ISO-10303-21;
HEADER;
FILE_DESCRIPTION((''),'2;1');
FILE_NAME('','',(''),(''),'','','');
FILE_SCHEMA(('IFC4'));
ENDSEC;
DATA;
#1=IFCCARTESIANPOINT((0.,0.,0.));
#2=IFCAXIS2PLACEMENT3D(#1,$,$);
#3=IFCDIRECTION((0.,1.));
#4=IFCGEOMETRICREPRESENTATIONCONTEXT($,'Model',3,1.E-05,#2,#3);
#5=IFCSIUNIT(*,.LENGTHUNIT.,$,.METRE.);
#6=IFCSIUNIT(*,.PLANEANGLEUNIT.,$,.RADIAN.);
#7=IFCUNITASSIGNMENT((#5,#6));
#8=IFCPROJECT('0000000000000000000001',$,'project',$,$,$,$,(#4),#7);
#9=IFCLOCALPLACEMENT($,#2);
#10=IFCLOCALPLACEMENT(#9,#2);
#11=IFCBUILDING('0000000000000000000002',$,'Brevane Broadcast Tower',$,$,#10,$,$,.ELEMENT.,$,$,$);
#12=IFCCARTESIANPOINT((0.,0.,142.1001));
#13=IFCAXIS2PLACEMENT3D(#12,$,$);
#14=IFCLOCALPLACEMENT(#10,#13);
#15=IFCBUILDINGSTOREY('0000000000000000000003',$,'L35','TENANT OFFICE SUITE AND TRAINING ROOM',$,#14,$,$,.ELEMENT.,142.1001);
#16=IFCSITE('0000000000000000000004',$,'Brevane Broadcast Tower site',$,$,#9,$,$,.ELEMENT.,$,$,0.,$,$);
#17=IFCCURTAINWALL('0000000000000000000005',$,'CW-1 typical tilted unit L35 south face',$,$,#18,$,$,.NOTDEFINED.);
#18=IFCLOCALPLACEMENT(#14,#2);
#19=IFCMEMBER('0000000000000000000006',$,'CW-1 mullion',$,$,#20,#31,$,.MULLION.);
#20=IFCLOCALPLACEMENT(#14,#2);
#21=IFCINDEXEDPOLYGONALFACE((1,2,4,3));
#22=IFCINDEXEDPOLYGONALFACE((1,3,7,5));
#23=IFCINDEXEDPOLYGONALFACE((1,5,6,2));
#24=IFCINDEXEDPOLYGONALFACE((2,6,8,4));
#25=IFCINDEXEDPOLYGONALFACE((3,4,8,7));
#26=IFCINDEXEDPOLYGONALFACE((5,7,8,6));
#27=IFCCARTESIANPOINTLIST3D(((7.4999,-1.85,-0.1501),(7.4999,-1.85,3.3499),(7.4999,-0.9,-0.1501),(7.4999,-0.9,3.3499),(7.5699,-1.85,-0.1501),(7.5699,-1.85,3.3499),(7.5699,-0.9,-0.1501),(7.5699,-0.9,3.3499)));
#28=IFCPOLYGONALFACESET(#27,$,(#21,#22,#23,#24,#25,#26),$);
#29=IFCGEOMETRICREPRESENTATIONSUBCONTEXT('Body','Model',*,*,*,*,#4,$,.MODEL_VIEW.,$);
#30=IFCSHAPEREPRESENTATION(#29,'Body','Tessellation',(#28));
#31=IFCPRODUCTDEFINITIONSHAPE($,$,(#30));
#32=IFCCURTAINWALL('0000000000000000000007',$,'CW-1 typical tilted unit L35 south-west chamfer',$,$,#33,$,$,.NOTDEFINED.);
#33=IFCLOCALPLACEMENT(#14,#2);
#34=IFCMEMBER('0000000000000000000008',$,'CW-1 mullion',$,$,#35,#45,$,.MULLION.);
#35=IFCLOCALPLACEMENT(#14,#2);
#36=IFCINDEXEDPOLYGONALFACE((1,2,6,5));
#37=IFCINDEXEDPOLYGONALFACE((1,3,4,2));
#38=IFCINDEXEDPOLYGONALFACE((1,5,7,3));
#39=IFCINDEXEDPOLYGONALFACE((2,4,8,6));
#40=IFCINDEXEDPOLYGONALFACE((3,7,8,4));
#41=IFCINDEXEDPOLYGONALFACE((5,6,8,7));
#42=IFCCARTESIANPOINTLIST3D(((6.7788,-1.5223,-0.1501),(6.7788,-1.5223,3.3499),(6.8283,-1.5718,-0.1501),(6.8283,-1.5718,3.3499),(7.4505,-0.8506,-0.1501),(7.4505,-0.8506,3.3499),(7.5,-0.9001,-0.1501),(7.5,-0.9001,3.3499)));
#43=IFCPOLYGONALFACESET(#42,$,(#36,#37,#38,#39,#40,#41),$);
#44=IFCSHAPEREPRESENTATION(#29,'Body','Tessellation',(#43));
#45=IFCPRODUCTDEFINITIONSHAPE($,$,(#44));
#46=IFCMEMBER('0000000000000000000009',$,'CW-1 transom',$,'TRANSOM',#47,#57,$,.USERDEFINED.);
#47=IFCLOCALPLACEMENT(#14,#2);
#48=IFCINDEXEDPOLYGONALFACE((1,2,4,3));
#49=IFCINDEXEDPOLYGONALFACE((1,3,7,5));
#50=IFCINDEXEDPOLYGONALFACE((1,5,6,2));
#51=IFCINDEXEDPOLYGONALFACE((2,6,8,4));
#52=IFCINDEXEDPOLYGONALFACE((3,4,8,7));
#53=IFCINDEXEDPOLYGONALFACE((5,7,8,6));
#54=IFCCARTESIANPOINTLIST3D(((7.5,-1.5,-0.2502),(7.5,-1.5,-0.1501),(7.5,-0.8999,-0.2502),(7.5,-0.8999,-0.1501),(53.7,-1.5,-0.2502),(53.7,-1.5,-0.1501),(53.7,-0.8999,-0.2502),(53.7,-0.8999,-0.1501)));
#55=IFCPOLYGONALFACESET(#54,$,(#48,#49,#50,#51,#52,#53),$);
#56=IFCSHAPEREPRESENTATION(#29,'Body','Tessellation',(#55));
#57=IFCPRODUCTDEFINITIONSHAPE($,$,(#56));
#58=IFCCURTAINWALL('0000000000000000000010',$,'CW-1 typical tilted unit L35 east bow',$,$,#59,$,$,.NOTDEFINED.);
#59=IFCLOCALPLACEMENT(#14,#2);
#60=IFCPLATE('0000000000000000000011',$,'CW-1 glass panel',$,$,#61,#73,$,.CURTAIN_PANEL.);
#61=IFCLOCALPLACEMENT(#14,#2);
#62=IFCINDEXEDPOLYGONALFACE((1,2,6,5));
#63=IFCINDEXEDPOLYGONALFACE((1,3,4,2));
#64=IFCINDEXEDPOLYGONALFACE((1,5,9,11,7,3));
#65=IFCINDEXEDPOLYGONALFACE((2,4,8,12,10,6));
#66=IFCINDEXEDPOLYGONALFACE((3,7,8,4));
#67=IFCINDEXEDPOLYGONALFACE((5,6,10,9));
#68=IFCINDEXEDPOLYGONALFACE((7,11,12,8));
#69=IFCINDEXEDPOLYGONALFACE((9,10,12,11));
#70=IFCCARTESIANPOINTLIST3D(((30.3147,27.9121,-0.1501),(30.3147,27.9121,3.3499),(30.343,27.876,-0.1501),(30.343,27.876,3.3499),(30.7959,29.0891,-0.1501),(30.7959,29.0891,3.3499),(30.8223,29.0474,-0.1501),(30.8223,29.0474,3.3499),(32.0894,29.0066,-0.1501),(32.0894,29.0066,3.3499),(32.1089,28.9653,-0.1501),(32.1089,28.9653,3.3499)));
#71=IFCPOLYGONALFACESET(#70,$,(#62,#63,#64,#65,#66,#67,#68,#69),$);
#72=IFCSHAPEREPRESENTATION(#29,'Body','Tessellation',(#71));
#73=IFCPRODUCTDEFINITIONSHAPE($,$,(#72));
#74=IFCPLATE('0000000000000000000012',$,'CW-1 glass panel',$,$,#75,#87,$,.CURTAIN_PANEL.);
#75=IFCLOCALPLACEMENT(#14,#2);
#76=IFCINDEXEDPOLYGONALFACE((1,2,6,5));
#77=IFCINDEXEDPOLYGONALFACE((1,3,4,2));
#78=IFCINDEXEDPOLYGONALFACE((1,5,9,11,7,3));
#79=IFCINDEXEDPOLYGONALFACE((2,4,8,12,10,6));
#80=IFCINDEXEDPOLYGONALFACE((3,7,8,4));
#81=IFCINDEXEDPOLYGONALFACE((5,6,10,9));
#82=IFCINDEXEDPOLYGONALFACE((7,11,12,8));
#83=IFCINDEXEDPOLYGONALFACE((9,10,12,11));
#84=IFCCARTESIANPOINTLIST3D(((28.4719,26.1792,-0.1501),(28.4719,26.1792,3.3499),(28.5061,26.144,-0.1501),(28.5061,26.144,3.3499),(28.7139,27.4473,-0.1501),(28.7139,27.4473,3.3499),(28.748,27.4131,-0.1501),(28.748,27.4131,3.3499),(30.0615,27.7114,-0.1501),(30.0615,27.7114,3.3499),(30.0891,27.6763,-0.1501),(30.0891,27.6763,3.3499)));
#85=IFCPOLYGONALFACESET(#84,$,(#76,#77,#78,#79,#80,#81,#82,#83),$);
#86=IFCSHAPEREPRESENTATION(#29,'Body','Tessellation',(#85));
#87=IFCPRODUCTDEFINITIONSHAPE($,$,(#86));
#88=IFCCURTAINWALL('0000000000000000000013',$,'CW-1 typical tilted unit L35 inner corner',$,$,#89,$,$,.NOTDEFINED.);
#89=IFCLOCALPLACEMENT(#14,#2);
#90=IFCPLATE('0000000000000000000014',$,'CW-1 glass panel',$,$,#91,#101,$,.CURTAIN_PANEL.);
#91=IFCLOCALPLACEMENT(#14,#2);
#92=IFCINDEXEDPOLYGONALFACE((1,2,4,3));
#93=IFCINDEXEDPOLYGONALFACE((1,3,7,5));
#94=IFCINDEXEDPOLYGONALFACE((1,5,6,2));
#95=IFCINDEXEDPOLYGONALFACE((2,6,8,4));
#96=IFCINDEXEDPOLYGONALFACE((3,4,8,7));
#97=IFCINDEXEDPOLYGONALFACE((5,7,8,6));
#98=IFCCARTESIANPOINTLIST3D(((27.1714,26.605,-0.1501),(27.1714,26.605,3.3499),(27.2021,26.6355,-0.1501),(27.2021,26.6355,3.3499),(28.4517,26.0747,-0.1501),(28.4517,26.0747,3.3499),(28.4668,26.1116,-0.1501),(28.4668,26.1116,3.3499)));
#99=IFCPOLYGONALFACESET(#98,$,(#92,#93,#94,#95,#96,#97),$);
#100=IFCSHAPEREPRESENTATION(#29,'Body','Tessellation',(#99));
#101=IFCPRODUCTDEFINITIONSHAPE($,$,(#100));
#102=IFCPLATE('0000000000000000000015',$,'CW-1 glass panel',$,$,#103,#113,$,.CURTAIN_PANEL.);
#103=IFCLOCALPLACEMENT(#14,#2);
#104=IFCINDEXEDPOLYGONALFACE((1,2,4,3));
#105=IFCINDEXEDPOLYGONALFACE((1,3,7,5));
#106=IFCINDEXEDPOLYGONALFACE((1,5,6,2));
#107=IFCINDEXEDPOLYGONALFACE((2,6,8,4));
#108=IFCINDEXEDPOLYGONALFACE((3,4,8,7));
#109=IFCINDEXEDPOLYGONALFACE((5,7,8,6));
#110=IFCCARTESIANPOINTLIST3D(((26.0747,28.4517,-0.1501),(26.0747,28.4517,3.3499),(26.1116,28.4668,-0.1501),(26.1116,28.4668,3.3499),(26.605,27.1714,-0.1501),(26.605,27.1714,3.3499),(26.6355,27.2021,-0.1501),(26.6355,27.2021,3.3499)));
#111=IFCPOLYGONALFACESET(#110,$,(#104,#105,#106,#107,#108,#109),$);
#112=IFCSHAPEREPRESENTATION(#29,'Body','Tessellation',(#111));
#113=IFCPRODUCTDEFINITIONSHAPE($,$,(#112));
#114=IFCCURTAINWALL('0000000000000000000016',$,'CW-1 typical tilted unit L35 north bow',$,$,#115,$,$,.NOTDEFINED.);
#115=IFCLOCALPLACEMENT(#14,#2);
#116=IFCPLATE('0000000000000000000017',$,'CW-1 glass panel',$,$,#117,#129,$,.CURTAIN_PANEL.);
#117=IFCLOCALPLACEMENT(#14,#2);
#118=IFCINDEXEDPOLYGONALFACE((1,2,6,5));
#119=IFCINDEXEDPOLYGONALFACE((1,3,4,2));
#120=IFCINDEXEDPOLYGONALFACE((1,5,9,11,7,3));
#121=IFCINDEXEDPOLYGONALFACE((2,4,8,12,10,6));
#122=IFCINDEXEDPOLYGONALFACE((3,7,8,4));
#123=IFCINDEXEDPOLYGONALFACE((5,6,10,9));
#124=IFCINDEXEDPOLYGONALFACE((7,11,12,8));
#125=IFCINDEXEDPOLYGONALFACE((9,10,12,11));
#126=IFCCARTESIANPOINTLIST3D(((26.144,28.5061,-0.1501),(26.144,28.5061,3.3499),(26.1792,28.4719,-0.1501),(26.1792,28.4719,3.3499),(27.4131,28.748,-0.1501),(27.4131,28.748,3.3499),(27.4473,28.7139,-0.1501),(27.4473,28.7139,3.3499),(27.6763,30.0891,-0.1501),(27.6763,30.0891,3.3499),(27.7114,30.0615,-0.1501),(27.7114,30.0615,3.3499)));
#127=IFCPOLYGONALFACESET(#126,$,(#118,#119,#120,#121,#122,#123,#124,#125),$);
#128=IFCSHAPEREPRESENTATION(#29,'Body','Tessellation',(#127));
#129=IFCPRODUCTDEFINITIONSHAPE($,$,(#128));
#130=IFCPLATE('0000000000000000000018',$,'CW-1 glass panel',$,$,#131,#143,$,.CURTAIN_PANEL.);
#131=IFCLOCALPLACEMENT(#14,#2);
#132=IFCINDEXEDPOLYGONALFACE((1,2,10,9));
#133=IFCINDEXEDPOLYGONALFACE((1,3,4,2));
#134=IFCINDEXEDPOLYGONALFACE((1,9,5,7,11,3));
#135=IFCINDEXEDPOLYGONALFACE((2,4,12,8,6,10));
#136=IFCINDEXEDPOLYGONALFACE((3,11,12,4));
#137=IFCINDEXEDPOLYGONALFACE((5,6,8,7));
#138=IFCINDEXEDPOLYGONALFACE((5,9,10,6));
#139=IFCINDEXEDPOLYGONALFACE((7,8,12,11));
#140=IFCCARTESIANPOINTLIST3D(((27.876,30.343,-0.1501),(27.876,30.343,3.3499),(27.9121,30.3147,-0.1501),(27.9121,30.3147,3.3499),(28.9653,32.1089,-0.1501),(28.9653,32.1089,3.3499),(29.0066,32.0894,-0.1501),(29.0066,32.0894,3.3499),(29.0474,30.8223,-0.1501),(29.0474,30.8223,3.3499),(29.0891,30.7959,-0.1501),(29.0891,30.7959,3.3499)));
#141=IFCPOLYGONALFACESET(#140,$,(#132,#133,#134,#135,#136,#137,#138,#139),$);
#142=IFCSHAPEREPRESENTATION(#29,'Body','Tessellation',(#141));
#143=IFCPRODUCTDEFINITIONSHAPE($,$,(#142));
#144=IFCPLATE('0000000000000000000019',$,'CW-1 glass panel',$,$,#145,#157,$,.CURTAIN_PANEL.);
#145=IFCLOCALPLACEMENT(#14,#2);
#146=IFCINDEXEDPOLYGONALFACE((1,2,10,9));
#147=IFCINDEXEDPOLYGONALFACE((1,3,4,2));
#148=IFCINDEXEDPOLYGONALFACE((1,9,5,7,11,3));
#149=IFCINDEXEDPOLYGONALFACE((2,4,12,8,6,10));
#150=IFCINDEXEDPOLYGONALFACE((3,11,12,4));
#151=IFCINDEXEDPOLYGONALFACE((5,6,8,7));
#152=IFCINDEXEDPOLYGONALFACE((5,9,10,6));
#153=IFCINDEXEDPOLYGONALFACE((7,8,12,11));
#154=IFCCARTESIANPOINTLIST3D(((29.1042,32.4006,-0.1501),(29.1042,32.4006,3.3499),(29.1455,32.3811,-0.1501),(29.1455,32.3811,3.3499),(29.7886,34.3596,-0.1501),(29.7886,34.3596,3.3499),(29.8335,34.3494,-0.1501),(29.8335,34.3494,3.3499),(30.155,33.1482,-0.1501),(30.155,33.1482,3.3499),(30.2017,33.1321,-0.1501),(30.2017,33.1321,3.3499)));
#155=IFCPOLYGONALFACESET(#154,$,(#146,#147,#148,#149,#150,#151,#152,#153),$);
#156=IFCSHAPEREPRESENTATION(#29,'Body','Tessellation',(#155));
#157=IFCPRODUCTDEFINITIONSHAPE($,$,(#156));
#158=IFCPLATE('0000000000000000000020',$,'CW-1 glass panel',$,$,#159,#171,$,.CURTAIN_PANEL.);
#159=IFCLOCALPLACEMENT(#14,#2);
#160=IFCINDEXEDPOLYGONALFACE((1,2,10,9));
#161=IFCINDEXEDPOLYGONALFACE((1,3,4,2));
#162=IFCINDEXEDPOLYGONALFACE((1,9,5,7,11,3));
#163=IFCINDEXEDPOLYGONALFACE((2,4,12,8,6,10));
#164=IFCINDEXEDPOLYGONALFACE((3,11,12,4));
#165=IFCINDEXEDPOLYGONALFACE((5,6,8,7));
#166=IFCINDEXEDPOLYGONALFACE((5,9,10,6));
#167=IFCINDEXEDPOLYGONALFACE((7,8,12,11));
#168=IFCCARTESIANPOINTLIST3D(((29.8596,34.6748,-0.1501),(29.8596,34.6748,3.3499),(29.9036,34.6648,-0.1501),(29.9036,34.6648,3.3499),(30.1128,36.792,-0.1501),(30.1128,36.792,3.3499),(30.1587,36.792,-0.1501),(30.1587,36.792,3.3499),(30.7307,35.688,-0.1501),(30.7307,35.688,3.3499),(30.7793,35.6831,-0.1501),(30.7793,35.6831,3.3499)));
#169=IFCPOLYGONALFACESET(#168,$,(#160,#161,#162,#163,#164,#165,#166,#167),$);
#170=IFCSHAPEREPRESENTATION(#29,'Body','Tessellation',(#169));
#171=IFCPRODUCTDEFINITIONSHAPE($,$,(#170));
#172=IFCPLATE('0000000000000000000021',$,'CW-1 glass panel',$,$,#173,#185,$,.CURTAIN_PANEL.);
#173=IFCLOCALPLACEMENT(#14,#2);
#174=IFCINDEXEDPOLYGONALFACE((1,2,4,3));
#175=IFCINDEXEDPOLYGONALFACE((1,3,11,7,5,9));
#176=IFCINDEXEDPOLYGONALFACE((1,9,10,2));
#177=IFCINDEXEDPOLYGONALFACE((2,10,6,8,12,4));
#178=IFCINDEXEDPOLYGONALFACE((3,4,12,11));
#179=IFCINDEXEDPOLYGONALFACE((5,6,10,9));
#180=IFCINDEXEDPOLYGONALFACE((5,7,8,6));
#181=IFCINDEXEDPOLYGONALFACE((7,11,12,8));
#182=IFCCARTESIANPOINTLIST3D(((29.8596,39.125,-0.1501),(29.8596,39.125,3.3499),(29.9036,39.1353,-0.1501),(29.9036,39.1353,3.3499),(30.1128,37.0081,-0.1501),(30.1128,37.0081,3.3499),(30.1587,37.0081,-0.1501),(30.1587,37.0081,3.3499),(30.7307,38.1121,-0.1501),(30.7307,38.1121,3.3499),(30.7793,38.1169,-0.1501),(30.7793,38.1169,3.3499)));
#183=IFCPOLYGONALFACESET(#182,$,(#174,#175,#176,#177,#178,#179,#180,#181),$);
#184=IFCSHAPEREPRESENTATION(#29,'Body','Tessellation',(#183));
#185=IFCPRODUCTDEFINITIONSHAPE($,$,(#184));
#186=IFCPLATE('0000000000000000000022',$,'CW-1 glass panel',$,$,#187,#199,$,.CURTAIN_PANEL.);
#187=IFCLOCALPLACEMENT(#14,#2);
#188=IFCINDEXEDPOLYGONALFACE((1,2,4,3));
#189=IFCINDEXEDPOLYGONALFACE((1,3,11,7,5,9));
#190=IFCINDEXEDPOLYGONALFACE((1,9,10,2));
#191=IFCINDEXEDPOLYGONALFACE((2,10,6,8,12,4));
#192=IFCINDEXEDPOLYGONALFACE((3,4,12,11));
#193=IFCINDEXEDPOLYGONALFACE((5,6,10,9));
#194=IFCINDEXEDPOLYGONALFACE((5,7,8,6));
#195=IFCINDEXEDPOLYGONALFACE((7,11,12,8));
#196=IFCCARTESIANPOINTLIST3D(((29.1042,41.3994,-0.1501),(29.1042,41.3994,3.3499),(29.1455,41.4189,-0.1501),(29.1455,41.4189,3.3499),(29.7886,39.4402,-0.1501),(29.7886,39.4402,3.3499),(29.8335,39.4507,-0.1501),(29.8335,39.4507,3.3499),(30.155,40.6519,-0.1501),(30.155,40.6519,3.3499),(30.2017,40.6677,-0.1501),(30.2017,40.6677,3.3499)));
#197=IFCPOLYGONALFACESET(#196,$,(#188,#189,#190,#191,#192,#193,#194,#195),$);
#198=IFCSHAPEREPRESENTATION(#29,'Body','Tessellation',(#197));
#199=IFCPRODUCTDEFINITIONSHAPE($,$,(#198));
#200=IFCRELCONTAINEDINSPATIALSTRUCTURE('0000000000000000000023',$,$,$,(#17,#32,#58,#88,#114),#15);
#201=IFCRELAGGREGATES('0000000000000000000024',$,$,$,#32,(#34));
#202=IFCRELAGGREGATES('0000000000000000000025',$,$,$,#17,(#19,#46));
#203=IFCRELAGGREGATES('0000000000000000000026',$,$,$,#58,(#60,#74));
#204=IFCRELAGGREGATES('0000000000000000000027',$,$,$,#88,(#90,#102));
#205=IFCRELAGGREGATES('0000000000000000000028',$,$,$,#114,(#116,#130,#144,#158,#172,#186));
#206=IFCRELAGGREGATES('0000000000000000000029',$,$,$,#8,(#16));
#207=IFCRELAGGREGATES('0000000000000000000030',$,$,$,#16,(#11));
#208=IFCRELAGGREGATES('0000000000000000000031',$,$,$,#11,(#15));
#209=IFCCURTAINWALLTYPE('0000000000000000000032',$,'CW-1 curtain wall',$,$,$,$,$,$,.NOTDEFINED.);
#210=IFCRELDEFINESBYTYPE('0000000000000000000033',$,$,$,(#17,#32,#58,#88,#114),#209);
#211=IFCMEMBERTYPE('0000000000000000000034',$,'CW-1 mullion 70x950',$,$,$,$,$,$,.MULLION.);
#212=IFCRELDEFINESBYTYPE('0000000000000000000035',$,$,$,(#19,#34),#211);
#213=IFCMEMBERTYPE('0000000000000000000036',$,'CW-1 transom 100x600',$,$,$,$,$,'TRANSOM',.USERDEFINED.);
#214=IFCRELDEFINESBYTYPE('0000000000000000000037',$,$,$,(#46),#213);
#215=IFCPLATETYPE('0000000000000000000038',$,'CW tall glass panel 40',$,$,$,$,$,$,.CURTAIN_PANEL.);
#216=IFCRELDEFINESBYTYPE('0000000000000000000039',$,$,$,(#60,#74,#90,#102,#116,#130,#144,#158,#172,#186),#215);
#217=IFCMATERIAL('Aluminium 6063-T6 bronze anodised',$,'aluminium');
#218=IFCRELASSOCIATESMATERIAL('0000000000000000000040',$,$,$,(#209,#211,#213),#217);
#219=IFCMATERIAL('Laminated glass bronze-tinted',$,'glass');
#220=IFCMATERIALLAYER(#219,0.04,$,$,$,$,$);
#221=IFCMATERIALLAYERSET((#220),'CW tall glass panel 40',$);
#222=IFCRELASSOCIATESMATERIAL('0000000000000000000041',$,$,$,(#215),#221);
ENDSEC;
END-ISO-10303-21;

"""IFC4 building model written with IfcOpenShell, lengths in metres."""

from ifc_helpers import new_model, si_unit, direction, frame, origin, origin_2d, place, context, subcontext, project, spatial, polyline, rectangle, outline, extrude, material, layer, layer_set, material_profile, profile_set, type_object, element, aggregate, save


model = new_model("IFC4")

# Units and contexts
model_context = context("Model", 3, precision=1e-05, world=origin(), true_north=direction((0.0, 1.0)))
body_context = subcontext(model_context, "Body", "Model", "MODEL_VIEW")
ifc_project = project(units=[si_unit("LENGTHUNIT", "METRE"), si_unit("PLANEANGLEUNIT", "RADIAN")], contexts=[model_context])

# Site, building, storey
site_placement = place(None, origin())
site = spatial("IfcSite", under=ifc_project, at=site_placement, Name="Brevane Broadcast Tower site", CompositionType="ELEMENT", RefElevation=0.0)
building_placement = place(site_placement, origin())
building = spatial("IfcBuilding", under=site, at=building_placement, Name="Brevane Broadcast Tower", CompositionType="ELEMENT")
storey_placement = place(building_placement, frame((0.0, 0.0, 142.1001)))
storey = spatial("IfcBuildingStorey", under=building, at=storey_placement, Name="L35", Description="TENANT OFFICE SUITE AND TRAINING ROOM", CompositionType="ELEMENT", Elevation=142.1001)

# Curtain walls, members
ifc_material_1 = material(Name="Aluminium 6063-T6 bronze anodised", Category="aluminium")
curtain_wall_type = type_object("IfcCurtainWallType", Name="CW-1 curtain wall", PredefinedType="NOTDEFINED", material=ifc_material_1)
curtain_wall_1_placement = place(storey_placement, origin())
curtain_wall_1 = element("IfcCurtainWall", 1, at=curtain_wall_1_placement, inside=storey, type_object=curtain_wall_type, Name="CW-1 typical tilted unit L35 south face", PredefinedType="NOTDEFINED")
ifc_material_profile_1 = material_profile(ifc_material_1, rectangle(XDim=0.95, YDim=0.0701, at=origin_2d()), Name="RECT 70x950")
ifc_profile_set_1 = profile_set([ifc_material_profile_1], Name="Aluminium 6063-T6 bronze anodised")
member_type_1 = type_object("IfcMemberType", Name="CW-1 mullion 70x950", PredefinedType="MULLION", material=ifc_profile_set_1)
member_1_placement = place(storey_placement, frame((7.5349, -1.375, -0.1501), z_axis=(0.0, 0.0, 1.0), x_axis=(0.0, 1.0, 0.0)))
member_1 = element("IfcMember", 2, at=member_1_placement, type_object=member_type_1, Name="CW-1 mullion", PredefinedType="MULLION", context=body_context, shape_type="SweptSolid", body=[
    extrude(rectangle(XDim=0.95, YDim=0.0701, at=origin_2d()), origin(), (0.0, 0.0, 1.0), 3.5),
])
curtain_wall_2_placement = place(storey_placement, origin())
curtain_wall_2 = element("IfcCurtainWall", 3, at=curtain_wall_2_placement, inside=storey, type_object=curtain_wall_type, Name="CW-1 typical tilted unit L35 south-west chamfer", PredefinedType="NOTDEFINED")
member_2_placement = place(storey_placement, frame((7.1394, -1.2112, -0.1501), z_axis=(0.0, 0.0, 1.0), x_axis=(0.707107, 0.707107, 0.0)))
member_2 = element("IfcMember", 4, at=member_2_placement, type_object=member_type_1, Name="CW-1 mullion", PredefinedType="MULLION", context=body_context, shape_type="SweptSolid", body=[
    extrude(rectangle(XDim=0.95, YDim=0.0701, at=origin_2d()), origin(), (0.0, 0.0, 1.0), 3.5),
])
aggregate(curtain_wall_2, [member_2])

# Member
ifc_material_profile_2 = material_profile(ifc_material_1, rectangle(XDim=0.6001, YDim=0.1001, at=origin_2d()), Name="RECT 100x600")
ifc_profile_set_2 = profile_set([ifc_material_profile_2], Name="Aluminium 6063-T6 bronze anodised")
member_type_2 = type_object("IfcMemberType", Name="CW-1 transom 100x600", ElementType="TRANSOM", PredefinedType="USERDEFINED", material=ifc_profile_set_2)
member_3_placement = place(storey_placement, frame((7.5, -1.2, -0.2002), z_axis=(1.0, 0.0, 0.0), x_axis=(0.0, 1.0, 0.0)))
member_3 = element("IfcMember", 5, at=member_3_placement, type_object=member_type_2, Name="CW-1 transom", ObjectType="TRANSOM", PredefinedType="USERDEFINED", context=body_context, shape_type="SweptSolid", body=[
    extrude(rectangle(XDim=0.6001, YDim=0.1001, at=origin_2d()), origin(), (0.0, 0.0, 1.0), 46.2),
])
aggregate(curtain_wall_1, [member_1, member_3])

# Curtain walls, plates
curtain_wall_3_placement = place(storey_placement, origin())
curtain_wall_3 = element("IfcCurtainWall", 6, at=curtain_wall_3_placement, inside=storey, type_object=curtain_wall_type, Name="CW-1 typical tilted unit L35 east bow", PredefinedType="NOTDEFINED")
ifc_material_2 = material(Name="Laminated glass bronze-tinted", Category="glass")
ifc_layer = layer(ifc_material_2, 0.04)
ifc_layer_set = layer_set([ifc_layer], Name="CW tall glass panel 40")
plate_type = type_object("IfcPlateType", Name="CW tall glass panel 40", PredefinedType="CURTAIN_PANEL", material=ifc_layer_set)
plate_1_placement = place(storey_placement, frame((0.0, 0.0, -0.1501)))
plate_1 = element("IfcPlate", 7, at=plate_1_placement, type_object=plate_type, Name="CW-1 glass panel", PredefinedType="CURTAIN_PANEL", context=body_context, shape_type="SweptSolid", body=[
    extrude(outline(polyline([(32.1089, 28.9653), (32.0894, 29.0066), (30.7959, 29.0891), (30.3147, 27.9121), (30.343, 27.876), (30.8223, 29.0474), (32.1089, 28.9653)])), origin(), (0.0, 0.0, 1.0), 3.5),
])
plate_2_placement = place(storey_placement, frame((0.0, 0.0, -0.1501)))
plate_2 = element("IfcPlate", 8, at=plate_2_placement, type_object=plate_type, Name="CW-1 glass panel", PredefinedType="CURTAIN_PANEL", context=body_context, shape_type="SweptSolid", body=[
    extrude(outline(polyline([(30.0891, 27.6763), (30.0615, 27.7114), (28.7139, 27.4473), (28.4719, 26.1792), (28.5061, 26.144), (28.748, 27.4131), (30.0891, 27.6763)])), origin(), (0.0, 0.0, 1.0), 3.5),
])
aggregate(curtain_wall_3, [plate_1, plate_2])
curtain_wall_4_placement = place(storey_placement, origin())
curtain_wall_4 = element("IfcCurtainWall", 9, at=curtain_wall_4_placement, inside=storey, type_object=curtain_wall_type, Name="CW-1 typical tilted unit L35 inner corner", PredefinedType="NOTDEFINED")
plate_3_placement = place(storey_placement, frame((0.0, 0.0, -0.1501)))
plate_3 = element("IfcPlate", 10, at=plate_3_placement, type_object=plate_type, Name="CW-1 glass panel", PredefinedType="CURTAIN_PANEL", context=body_context, shape_type="SweptSolid", body=[
    extrude(outline(polyline([(28.4517, 26.0747), (28.4668, 26.1116), (27.2021, 26.6355), (27.1714, 26.605), (28.4517, 26.0747)])), origin(), (0.0, 0.0, 1.0), 3.5),
])
plate_4_placement = place(storey_placement, frame((0.0, 0.0, -0.1501)))
plate_4 = element("IfcPlate", 11, at=plate_4_placement, type_object=plate_type, Name="CW-1 glass panel", PredefinedType="CURTAIN_PANEL", context=body_context, shape_type="SweptSolid", body=[
    extrude(outline(polyline([(26.605, 27.1714), (26.6355, 27.2021), (26.1116, 28.4668), (26.0747, 28.4517), (26.605, 27.1714)])), origin(), (0.0, 0.0, 1.0), 3.5),
])
aggregate(curtain_wall_4, [plate_3, plate_4])
curtain_wall_5_placement = place(storey_placement, origin())
curtain_wall_5 = element("IfcCurtainWall", 12, at=curtain_wall_5_placement, inside=storey, type_object=curtain_wall_type, Name="CW-1 typical tilted unit L35 north bow", PredefinedType="NOTDEFINED")
plate_5_placement = place(storey_placement, frame((0.0, 0.0, -0.1501)))
plate_5 = element("IfcPlate", 13, at=plate_5_placement, type_object=plate_type, Name="CW-1 glass panel", PredefinedType="CURTAIN_PANEL", context=body_context, shape_type="SweptSolid", body=[
    extrude(outline(polyline([(26.144, 28.5061), (26.1792, 28.4719), (27.4473, 28.7139), (27.7114, 30.0615), (27.6763, 30.0891), (27.4131, 28.748), (26.144, 28.5061)])), origin(), (0.0, 0.0, 1.0), 3.5),
])
plate_6_placement = place(storey_placement, frame((0.0, 0.0, -0.1501)))
plate_6 = element("IfcPlate", 14, at=plate_6_placement, type_object=plate_type, Name="CW-1 glass panel", PredefinedType="CURTAIN_PANEL", context=body_context, shape_type="SweptSolid", body=[
    extrude(outline(polyline([(27.876, 30.343), (27.9121, 30.3147), (29.0891, 30.7959), (29.0066, 32.0894), (28.9653, 32.1089), (29.0474, 30.8223), (27.876, 30.343)])), origin(), (0.0, 0.0, 1.0), 3.5),
])
plate_7_placement = place(storey_placement, frame((0.0, 0.0, -0.1501)))
plate_7 = element("IfcPlate", 15, at=plate_7_placement, type_object=plate_type, Name="CW-1 glass panel", PredefinedType="CURTAIN_PANEL", context=body_context, shape_type="SweptSolid", body=[
    extrude(outline(polyline([(29.1042, 32.4006), (29.1455, 32.3811), (30.2017, 33.1321), (29.8335, 34.3494), (29.7886, 34.3596), (30.155, 33.1482), (29.1042, 32.4006)])), origin(), (0.0, 0.0, 1.0), 3.5),
])
plate_8_placement = place(storey_placement, frame((0.0, 0.0, -0.1501)))
plate_8 = element("IfcPlate", 16, at=plate_8_placement, type_object=plate_type, Name="CW-1 glass panel", PredefinedType="CURTAIN_PANEL", context=body_context, shape_type="SweptSolid", body=[
    extrude(outline(polyline([(29.8596, 34.6748), (29.9036, 34.6648), (30.7793, 35.6831), (30.1587, 36.792), (30.1128, 36.792), (30.7307, 35.688), (29.8596, 34.6748)])), origin(), (0.0, 0.0, 1.0), 3.5),
])
plate_9_placement = place(storey_placement, frame((0.0, 0.0, -0.1501)))
plate_9 = element("IfcPlate", 17, at=plate_9_placement, type_object=plate_type, Name="CW-1 glass panel", PredefinedType="CURTAIN_PANEL", context=body_context, shape_type="SweptSolid", body=[
    extrude(outline(polyline([(30.1128, 37.0081), (30.1587, 37.0081), (30.7793, 38.1169), (29.9036, 39.1353), (29.8596, 39.125), (30.7307, 38.1121), (30.1128, 37.0081)])), origin(), (0.0, 0.0, 1.0), 3.5),
])
plate_10_placement = place(storey_placement, frame((0.0, 0.0, -0.1501)))
plate_10 = element("IfcPlate", 18, at=plate_10_placement, type_object=plate_type, Name="CW-1 glass panel", PredefinedType="CURTAIN_PANEL", context=body_context, shape_type="SweptSolid", body=[
    extrude(outline(polyline([(29.7886, 39.4402), (29.8335, 39.4507), (30.2017, 40.6677), (29.1455, 41.4189), (29.1042, 41.3994), (30.155, 40.6519), (29.7886, 39.4402)])), origin(), (0.0, 0.0, 1.0), 3.5),
])
aggregate(curtain_wall_5, [plate_5, plate_6, plate_7, plate_8, plate_9, plate_10])

save(model, "model.ifc")
